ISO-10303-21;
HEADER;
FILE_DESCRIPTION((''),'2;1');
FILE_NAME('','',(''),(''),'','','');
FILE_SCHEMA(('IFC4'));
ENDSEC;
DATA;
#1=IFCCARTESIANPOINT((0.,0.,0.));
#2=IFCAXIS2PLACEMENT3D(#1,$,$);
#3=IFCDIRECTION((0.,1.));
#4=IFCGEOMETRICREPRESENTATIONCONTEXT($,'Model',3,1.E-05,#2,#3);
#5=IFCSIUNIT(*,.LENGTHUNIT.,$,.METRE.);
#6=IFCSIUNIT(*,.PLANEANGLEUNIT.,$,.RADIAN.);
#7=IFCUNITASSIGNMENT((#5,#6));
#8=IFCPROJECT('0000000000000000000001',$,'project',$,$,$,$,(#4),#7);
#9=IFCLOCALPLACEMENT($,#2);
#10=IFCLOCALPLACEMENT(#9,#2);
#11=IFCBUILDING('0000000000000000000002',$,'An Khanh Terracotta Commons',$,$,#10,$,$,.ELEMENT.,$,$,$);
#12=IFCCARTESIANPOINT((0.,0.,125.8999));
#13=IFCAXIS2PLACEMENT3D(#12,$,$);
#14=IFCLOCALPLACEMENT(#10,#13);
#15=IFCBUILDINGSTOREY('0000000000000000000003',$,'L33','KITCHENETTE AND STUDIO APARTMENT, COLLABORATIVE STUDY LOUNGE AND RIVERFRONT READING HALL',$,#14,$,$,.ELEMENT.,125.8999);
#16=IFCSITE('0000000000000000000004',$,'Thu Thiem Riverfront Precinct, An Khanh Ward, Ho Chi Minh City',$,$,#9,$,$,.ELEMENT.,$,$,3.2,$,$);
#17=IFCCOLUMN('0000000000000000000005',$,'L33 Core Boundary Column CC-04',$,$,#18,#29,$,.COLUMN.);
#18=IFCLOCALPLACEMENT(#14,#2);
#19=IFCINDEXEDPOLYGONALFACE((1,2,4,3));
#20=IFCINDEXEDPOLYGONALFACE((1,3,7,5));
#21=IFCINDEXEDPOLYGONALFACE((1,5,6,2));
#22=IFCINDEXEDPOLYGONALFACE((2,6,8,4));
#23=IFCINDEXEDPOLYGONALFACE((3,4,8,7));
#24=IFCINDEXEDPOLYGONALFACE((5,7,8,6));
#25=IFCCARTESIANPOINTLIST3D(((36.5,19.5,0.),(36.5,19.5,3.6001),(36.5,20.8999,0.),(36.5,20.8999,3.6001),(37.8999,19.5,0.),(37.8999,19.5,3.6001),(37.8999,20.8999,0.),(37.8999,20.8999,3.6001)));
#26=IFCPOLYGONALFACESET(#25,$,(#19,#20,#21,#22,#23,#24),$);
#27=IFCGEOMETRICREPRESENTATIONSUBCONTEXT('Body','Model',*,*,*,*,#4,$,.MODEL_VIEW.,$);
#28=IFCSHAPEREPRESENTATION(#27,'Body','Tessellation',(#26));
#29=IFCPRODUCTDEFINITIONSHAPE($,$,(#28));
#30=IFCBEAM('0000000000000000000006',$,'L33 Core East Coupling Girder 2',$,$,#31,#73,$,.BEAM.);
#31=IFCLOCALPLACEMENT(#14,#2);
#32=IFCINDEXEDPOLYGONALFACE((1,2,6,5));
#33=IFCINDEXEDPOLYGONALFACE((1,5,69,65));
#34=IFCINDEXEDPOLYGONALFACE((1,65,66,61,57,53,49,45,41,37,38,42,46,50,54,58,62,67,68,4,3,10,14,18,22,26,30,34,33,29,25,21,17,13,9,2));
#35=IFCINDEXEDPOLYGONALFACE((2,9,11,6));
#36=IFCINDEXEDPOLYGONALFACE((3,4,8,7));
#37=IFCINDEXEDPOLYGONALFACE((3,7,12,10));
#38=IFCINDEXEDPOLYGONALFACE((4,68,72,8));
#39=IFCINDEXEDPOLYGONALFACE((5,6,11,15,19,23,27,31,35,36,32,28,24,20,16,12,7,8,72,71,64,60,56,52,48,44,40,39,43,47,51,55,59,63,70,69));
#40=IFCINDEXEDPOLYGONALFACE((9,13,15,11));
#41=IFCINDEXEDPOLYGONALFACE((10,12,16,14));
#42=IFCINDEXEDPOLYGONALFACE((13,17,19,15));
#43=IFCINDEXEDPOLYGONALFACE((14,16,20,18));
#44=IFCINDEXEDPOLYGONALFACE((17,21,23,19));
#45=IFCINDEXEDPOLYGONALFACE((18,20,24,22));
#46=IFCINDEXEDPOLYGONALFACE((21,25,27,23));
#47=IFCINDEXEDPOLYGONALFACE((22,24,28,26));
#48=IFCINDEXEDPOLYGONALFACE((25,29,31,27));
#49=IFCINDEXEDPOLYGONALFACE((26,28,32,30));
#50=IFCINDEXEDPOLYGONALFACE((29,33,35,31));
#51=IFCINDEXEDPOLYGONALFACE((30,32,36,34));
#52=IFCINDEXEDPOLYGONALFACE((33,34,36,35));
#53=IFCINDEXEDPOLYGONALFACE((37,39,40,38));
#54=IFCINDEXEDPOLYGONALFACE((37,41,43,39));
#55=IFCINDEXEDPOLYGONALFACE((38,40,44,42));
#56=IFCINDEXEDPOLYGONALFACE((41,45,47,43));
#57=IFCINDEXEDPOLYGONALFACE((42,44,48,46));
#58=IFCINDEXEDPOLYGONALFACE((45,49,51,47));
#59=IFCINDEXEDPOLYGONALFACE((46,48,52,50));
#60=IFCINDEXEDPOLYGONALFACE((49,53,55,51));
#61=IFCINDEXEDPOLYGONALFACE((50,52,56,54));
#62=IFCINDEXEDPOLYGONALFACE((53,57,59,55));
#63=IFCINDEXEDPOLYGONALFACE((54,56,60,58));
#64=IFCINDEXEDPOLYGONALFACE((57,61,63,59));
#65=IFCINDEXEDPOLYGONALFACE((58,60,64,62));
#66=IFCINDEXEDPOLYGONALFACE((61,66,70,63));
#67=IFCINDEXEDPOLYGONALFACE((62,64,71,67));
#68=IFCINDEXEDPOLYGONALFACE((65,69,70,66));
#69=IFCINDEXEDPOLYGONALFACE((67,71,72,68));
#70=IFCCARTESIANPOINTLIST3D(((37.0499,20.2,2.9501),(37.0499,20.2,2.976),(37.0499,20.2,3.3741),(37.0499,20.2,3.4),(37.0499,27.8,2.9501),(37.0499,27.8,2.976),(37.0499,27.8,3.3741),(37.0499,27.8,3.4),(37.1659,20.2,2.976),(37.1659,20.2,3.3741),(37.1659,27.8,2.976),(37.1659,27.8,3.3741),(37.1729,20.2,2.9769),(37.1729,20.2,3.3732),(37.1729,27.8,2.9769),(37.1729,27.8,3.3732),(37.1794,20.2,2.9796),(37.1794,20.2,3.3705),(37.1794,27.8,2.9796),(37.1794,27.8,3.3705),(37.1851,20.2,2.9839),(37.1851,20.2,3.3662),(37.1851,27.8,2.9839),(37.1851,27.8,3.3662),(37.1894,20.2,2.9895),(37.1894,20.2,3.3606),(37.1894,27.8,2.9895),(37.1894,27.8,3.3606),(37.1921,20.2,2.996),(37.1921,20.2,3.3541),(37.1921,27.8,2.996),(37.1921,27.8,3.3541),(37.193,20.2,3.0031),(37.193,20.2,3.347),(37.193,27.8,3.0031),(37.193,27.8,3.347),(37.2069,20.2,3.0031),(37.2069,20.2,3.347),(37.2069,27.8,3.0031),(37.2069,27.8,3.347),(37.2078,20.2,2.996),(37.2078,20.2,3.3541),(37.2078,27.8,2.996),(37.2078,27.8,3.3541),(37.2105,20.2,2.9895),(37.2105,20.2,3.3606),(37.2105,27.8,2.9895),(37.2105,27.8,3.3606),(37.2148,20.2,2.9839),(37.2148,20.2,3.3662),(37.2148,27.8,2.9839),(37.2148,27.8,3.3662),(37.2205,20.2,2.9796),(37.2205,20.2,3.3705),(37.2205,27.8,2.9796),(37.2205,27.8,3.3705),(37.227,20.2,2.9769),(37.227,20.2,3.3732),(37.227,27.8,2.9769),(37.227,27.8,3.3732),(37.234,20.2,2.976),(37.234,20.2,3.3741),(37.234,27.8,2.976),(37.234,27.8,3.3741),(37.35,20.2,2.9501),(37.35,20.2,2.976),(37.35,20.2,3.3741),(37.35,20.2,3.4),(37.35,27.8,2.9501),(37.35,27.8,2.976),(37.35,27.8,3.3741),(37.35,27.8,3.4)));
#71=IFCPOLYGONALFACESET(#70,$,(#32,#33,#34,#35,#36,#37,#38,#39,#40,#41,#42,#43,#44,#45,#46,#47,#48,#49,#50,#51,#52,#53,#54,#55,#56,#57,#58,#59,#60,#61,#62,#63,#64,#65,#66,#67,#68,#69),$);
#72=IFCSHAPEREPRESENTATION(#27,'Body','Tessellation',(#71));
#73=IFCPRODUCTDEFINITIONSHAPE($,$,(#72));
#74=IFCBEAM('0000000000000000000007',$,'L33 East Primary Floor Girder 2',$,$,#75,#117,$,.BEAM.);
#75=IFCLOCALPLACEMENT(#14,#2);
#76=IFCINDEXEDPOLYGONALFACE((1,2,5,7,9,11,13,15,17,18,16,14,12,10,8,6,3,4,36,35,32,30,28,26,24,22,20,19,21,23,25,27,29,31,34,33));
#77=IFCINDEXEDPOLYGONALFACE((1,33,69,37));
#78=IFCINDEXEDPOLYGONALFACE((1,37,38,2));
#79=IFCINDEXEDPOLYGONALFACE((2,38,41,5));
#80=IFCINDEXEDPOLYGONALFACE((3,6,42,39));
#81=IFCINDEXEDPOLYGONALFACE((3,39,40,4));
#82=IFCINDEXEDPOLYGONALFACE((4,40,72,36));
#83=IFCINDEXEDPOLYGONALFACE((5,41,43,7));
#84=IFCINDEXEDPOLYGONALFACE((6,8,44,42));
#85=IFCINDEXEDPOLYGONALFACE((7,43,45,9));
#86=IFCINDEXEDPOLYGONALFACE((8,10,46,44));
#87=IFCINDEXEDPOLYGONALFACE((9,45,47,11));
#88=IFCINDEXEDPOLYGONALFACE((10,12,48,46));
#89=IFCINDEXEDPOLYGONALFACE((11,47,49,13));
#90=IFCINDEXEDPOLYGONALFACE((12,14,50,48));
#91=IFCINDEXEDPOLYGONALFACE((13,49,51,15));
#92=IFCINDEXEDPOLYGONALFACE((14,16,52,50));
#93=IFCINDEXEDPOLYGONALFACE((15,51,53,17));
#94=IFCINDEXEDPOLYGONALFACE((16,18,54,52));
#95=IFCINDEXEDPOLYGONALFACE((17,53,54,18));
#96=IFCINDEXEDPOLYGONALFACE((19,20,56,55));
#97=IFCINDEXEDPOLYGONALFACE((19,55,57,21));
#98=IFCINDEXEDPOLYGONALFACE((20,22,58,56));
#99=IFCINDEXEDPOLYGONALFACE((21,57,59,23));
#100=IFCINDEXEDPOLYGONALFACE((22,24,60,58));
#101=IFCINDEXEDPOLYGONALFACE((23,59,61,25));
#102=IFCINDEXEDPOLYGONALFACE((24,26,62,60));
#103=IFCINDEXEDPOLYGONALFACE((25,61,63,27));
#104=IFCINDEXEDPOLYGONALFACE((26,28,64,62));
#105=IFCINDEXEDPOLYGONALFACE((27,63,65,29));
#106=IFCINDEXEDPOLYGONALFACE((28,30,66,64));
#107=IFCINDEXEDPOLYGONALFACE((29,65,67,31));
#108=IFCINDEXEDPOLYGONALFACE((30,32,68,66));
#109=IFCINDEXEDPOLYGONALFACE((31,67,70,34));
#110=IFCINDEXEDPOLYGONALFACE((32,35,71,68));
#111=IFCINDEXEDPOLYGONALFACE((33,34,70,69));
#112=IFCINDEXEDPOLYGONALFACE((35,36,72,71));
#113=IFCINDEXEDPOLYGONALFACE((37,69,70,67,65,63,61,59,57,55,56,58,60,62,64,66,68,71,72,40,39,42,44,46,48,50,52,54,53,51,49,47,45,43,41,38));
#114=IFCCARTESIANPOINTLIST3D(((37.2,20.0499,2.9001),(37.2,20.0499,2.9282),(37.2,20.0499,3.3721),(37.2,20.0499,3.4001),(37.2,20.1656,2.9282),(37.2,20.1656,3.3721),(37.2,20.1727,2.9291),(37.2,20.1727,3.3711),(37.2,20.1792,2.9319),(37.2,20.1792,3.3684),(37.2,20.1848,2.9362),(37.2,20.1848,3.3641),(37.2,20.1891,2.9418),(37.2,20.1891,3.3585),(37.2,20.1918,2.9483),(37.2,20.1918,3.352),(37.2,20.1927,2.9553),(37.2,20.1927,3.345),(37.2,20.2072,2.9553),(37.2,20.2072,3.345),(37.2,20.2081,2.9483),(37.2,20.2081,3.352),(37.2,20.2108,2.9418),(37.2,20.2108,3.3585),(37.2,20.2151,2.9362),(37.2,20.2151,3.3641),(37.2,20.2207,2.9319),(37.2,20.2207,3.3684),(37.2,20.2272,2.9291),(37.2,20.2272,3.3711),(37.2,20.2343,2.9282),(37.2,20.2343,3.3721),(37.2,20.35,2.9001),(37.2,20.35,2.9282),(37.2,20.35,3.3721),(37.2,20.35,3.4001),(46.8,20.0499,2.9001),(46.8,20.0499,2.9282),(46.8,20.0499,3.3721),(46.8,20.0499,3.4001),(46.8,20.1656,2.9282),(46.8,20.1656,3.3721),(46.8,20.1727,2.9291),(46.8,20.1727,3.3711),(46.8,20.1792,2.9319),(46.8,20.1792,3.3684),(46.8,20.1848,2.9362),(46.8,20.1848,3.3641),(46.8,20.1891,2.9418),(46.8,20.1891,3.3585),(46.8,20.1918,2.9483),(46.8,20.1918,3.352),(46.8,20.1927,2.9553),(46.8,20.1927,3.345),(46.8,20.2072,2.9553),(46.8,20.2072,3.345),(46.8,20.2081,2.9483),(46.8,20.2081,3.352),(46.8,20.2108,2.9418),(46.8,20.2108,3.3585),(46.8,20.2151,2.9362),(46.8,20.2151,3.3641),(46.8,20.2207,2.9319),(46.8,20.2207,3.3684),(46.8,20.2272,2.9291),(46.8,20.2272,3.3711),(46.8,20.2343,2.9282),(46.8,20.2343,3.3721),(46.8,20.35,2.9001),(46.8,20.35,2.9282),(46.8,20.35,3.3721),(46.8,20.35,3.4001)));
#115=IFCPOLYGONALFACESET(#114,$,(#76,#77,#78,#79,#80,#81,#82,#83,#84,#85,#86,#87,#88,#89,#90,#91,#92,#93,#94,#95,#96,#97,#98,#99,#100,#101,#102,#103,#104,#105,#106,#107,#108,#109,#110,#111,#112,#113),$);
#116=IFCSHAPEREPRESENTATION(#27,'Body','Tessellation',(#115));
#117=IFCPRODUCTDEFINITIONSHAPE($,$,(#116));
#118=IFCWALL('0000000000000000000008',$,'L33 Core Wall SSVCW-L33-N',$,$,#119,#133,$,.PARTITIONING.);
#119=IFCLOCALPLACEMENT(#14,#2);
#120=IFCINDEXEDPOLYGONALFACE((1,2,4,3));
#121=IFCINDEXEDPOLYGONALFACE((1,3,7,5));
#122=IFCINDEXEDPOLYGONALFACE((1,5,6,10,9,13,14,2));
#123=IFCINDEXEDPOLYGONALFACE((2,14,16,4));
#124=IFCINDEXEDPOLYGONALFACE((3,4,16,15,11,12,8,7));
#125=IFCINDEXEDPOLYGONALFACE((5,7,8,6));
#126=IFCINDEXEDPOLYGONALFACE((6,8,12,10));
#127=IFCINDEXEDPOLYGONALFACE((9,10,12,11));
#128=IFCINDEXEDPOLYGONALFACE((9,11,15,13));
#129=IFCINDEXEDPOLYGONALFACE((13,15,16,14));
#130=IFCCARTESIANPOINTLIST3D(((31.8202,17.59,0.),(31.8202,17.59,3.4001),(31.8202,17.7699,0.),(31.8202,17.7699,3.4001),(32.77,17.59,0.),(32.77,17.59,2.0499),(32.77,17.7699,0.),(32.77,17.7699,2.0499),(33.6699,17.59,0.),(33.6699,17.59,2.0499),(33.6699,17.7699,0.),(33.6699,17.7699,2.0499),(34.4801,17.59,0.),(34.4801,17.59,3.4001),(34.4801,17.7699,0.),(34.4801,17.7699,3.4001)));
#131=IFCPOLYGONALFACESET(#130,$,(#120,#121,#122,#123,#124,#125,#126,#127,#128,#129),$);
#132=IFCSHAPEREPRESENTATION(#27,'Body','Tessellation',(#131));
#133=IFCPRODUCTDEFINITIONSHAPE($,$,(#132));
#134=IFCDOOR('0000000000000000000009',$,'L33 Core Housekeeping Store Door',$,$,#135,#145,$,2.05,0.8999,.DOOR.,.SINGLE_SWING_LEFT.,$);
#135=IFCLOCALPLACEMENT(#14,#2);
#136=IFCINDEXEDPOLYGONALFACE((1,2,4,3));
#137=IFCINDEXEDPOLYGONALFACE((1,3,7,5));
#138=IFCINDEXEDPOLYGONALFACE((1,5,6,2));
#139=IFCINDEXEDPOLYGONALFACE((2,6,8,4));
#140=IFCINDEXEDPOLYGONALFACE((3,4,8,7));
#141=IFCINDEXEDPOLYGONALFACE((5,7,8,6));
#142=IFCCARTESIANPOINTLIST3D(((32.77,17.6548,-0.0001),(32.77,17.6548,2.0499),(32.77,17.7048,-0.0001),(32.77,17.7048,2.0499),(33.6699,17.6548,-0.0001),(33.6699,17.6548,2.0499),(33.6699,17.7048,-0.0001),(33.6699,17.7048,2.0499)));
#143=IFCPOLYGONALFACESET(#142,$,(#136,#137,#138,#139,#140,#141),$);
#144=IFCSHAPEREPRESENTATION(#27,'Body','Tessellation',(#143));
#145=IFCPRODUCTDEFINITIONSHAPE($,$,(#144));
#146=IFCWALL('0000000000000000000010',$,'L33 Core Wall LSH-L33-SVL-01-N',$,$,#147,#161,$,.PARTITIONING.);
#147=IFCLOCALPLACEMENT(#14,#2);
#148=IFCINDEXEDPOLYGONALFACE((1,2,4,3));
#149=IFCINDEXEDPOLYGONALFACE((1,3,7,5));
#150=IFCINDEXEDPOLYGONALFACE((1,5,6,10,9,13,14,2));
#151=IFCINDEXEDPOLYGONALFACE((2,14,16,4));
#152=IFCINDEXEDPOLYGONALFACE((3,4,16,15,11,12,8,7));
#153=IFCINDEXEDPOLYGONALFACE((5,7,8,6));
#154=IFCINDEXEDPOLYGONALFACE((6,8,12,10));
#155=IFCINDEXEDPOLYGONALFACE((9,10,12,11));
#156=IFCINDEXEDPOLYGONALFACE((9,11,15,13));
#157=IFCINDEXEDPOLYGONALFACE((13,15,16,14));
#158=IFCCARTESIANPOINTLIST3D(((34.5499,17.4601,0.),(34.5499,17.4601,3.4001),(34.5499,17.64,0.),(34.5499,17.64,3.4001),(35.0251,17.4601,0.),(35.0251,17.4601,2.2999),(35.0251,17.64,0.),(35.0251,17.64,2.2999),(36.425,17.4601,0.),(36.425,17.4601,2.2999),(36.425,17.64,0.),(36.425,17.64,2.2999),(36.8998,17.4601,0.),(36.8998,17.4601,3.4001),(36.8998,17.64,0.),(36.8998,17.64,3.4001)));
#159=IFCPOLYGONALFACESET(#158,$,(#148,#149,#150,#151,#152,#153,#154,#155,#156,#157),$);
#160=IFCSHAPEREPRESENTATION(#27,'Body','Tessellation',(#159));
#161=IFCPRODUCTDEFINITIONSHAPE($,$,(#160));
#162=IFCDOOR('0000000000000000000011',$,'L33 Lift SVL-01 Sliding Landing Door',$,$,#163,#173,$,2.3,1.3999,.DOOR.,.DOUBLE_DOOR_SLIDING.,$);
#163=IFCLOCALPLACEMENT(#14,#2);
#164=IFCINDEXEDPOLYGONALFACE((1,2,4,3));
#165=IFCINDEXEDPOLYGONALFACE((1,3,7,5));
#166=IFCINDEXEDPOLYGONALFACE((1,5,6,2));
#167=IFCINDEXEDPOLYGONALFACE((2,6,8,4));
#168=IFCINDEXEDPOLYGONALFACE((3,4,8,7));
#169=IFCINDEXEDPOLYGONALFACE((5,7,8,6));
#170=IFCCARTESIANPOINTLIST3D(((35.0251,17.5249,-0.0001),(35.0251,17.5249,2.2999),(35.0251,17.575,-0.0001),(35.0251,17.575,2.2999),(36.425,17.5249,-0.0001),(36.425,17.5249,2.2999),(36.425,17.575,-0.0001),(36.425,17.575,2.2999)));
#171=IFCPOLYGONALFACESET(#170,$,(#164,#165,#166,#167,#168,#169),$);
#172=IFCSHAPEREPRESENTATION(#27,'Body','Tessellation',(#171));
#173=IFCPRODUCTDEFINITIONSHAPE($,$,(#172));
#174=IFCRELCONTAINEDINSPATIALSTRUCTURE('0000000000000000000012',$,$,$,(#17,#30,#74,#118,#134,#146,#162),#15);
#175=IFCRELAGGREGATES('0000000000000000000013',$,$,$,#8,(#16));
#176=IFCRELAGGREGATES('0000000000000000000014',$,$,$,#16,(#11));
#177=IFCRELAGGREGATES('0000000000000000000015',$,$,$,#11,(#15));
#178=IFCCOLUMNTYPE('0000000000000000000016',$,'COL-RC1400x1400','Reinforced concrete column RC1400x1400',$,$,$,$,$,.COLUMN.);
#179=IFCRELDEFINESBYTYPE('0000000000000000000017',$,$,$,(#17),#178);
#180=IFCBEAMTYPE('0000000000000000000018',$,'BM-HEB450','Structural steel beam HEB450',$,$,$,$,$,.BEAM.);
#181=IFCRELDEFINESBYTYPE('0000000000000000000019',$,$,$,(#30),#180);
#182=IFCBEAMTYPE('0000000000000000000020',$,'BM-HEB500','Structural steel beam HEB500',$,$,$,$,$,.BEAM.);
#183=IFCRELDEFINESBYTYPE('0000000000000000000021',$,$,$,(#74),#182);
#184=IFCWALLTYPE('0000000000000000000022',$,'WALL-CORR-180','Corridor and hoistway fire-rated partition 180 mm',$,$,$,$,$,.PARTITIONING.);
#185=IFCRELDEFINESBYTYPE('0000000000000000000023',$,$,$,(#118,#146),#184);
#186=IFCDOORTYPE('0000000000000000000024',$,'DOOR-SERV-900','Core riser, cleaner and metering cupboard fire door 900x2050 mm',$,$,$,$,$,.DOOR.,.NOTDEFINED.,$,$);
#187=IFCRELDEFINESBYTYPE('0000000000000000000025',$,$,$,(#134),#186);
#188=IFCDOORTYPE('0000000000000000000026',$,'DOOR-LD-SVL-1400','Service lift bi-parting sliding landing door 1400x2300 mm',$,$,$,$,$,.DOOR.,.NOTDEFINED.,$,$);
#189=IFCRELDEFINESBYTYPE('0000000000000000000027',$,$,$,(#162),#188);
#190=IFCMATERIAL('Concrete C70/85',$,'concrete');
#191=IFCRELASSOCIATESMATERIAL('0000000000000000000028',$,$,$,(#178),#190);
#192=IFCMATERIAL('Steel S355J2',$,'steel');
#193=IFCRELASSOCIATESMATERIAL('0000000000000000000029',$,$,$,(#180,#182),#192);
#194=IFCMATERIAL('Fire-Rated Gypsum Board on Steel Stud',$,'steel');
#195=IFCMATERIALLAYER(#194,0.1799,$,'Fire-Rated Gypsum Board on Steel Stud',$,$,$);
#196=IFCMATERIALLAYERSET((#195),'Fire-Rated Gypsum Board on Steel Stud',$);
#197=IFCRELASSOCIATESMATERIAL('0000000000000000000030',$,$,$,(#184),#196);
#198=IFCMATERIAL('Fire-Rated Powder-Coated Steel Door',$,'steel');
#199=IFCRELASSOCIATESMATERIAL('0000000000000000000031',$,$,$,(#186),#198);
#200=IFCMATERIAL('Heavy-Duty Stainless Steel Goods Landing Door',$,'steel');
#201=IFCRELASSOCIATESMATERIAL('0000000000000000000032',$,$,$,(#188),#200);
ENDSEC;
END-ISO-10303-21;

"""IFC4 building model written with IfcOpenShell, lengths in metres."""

from ifc_helpers import new_model, si_unit, direction, frame, frame_2d, origin, origin_2d, place, context, subcontext, project, spatial, rectangle, i_section, extrude, material, layer, layer_set, material_profile, profile_set, type_object, element, fill, save


model = new_model("IFC4")

# Units and contexts
model_context = context("Model", 3, precision=1e-05, world=origin(), true_north=direction((0.0, 1.0)))
body_context = subcontext(model_context, "Body", "Model", "MODEL_VIEW")
ifc_project = project(units=[si_unit("LENGTHUNIT", "METRE"), si_unit("PLANEANGLEUNIT", "RADIAN")], contexts=[model_context])

# Site, building, storey
site_placement = place(None, origin())
site = spatial("IfcSite", under=ifc_project, at=site_placement, Name="Thu Thiem Riverfront Precinct, An Khanh Ward, Ho Chi Minh City", CompositionType="ELEMENT", RefElevation=3.2)
building_placement = place(site_placement, origin())
building = spatial("IfcBuilding", under=site, at=building_placement, Name="An Khanh Terracotta Commons", CompositionType="ELEMENT")
storey_placement = place(building_placement, frame((0.0, 0.0, 125.8999)))
storey = spatial("IfcBuildingStorey", under=building, at=storey_placement, Name="L33", Description="KITCHENETTE AND STUDIO APARTMENT, COLLABORATIVE STUDY LOUNGE AND RIVERFRONT READING HALL", CompositionType="ELEMENT", Elevation=125.8999)

# Column
ifc_material_1 = material(Name="Concrete C70/85", Category="concrete")
ifc_material_profile_1 = material_profile(ifc_material_1, rectangle(XDim=1.3999, YDim=1.3999, at=origin_2d()), Name="RC1400x1400")
ifc_profile_set_1 = profile_set([ifc_material_profile_1], Name="Concrete C70/85")
column_type = type_object("IfcColumnType", Name="COL-RC1400x1400", Description="Reinforced concrete column RC1400x1400", PredefinedType="COLUMN", material=ifc_profile_set_1)
column_placement = place(storey_placement, frame((37.2, 20.2, 0.0), z_axis=(0.0, 0.0, 1.0), x_axis=(1.0, 0.0, 0.0)))
element("IfcColumn", 1, at=column_placement, inside=storey, type_object=column_type, Name="L33 Core Boundary Column CC-04", PredefinedType="COLUMN", context=body_context, shape_type="SweptSolid", body=[
    extrude(rectangle(XDim=1.3999, YDim=1.3999, at=origin_2d()), origin(), (0.0, 0.0, 1.0), 3.6001),
])

# Beams
ifc_material_2 = material(Name="Steel S355J2", Category="steel")
ifc_material_profile_2 = material_profile(ifc_material_2, i_section(OverallWidth=0.3, OverallDepth=0.45, WebThickness=0.0139, FlangeThickness=0.0259, FilletRadius=0.0271, at=origin_2d()), Name="HEB450")
ifc_profile_set_2 = profile_set([ifc_material_profile_2], Name="Steel S355J2")
beam_type_1 = type_object("IfcBeamType", Name="BM-HEB450", Description="Structural steel beam HEB450", PredefinedType="BEAM", material=ifc_profile_set_2)
beam_1_placement = place(storey_placement, frame((37.2, 20.2, 3.175), z_axis=(0.0, 1.0, 0.0), x_axis=(-1.0, 0.0, 0.0)))
element("IfcBeam", 2, at=beam_1_placement, inside=storey, type_object=beam_type_1, Name="L33 Core East Coupling Girder 2", PredefinedType="BEAM", context=body_context, shape_type="SweptSolid", body=[
    extrude(i_section(OverallWidth=0.3, OverallDepth=0.45, WebThickness=0.0139, FlangeThickness=0.0259, FilletRadius=0.0271, at=origin_2d()), origin(), (0.0, 0.0, 1.0), 7.6001),
])
ifc_material_profile_3 = material_profile(ifc_material_2, i_section(OverallWidth=0.3, OverallDepth=0.5, WebThickness=0.0144, FlangeThickness=0.0281, FilletRadius=0.0271, at=origin_2d()), Name="HEB500")
ifc_profile_set_3 = profile_set([ifc_material_profile_3], Name="Steel S355J2")
beam_type_2 = type_object("IfcBeamType", Name="BM-HEB500", Description="Structural steel beam HEB500", PredefinedType="BEAM", material=ifc_profile_set_3)
beam_2_placement = place(storey_placement, frame((37.2, 20.2, 3.1501), z_axis=(1.0, 0.0, 0.0), x_axis=(0.0, 1.0, 0.0)))
element("IfcBeam", 3, at=beam_2_placement, inside=storey, type_object=beam_type_2, Name="L33 East Primary Floor Girder 2", PredefinedType="BEAM", context=body_context, shape_type="SweptSolid", body=[
    extrude(i_section(OverallWidth=0.3, OverallDepth=0.5, WebThickness=0.0144, FlangeThickness=0.0281, FilletRadius=0.0271, at=origin_2d()), origin(), (0.0, 0.0, 1.0), 9.6001),
])

# Walls, openings, doors
ifc_material_3 = material(Name="Fire-Rated Gypsum Board on Steel Stud", Category="steel")
ifc_layer_1 = layer(ifc_material_3, 0.1799, Name="Fire-Rated Gypsum Board on Steel Stud")
ifc_layer_set_1 = layer_set([ifc_layer_1], Name="Fire-Rated Gypsum Board on Steel Stud")
wall_type_1 = type_object("IfcWallType", Name="WALL-CORR-180", Description="Corridor and hoistway fire-rated partition 180 mm", PredefinedType="PARTITIONING", material=ifc_layer_set_1)
wall_1_placement = place(storey_placement, frame((31.8201, 17.6799, 0.0), z_axis=(0.0, 0.0, 1.0), x_axis=(1.0, 0.0, 0.0)))
wall_1 = element("IfcWall", 4, at=wall_1_placement, inside=storey, type_object=wall_type_1, Name="L33 Core Wall SSVCW-L33-N", PredefinedType="PARTITIONING", context=body_context, shape_type="SweptSolid", body=[
    extrude(rectangle(XDim=2.6599, YDim=0.1799, at=frame_2d((1.3301, 0.0))), origin(), (0.0, 0.0, 1.0), 3.4001),
])
opening_1_placement = place(wall_1_placement, frame((0.95, 0.0, 0.0)))
opening_1 = element("IfcOpeningElement", 5, at=opening_1_placement, cuts=wall_1, PredefinedType="OPENING", context=body_context, shape_type="SweptSolid", body=[
    extrude(rectangle(XDim=0.8999, YDim=2.05, at=frame_2d((0.45, 1.0249))), frame((0.0, 0.0999, 0.0), z_axis=(0.0, -1.0, 0.0), x_axis=(1.0, 0.0, 0.0)), (0.0, 0.0, 1.0), 0.2),
])
ifc_material_4 = material(Name="Fire-Rated Powder-Coated Steel Door", Category="steel")
door_type_1 = type_object("IfcDoorType", Name="DOOR-SERV-900", Description="Core riser, cleaner and metering cupboard fire door 900x2050 mm", OperationType="NOTDEFINED", PredefinedType="DOOR", material=ifc_material_4)
door_1_placement = place(opening_1_placement, origin())
door_1 = element("IfcDoor", 6, at=door_1_placement, inside=storey, type_object=door_type_1, Name="L33 Core Housekeeping Store Door", OperationType="SINGLE_SWING_LEFT", OverallHeight=2.05, OverallWidth=0.8999, PredefinedType="DOOR", context=body_context, shape_type="SweptSolid", body=[
    extrude(rectangle(XDim=0.8999, YDim=2.05, at=frame_2d((0.45, 1.0249))), frame((0.0, 0.0249, 0.0), z_axis=(0.0, -1.0, 0.0), x_axis=(1.0, 0.0, 0.0)), (0.0, 0.0, 1.0), 0.05),
])
fill(opening_1, door_1)
wall_2_placement = place(storey_placement, frame((34.55, 17.55, 0.0), z_axis=(0.0, 0.0, 1.0), x_axis=(1.0, 0.0, 0.0)))
wall_2 = element("IfcWall", 7, at=wall_2_placement, inside=storey, type_object=wall_type_1, Name="L33 Core Wall LSH-L33-SVL-01-N", PredefinedType="PARTITIONING", context=body_context, shape_type="SweptSolid", body=[
    extrude(rectangle(XDim=2.3499, YDim=0.1799, at=frame_2d((1.1748, 0.0))), origin(), (0.0, 0.0, 1.0), 3.4001),
])
opening_2_placement = place(wall_2_placement, frame((0.4751, 0.0, 0.0)))
opening_2 = element("IfcOpeningElement", 8, at=opening_2_placement, cuts=wall_2, PredefinedType="OPENING", context=body_context, shape_type="SweptSolid", body=[
    extrude(rectangle(XDim=1.3999, YDim=2.3, at=frame_2d((0.7, 1.1499))), frame((0.0, 0.0999, 0.0), z_axis=(0.0, -1.0, 0.0), x_axis=(1.0, 0.0, 0.0)), (0.0, 0.0, 1.0), 0.2),
])
ifc_material_5 = material(Name="Heavy-Duty Stainless Steel Goods Landing Door", Category="steel")
door_type_2 = type_object("IfcDoorType", Name="DOOR-LD-SVL-1400", Description="Service lift bi-parting sliding landing door 1400x2300 mm", OperationType="NOTDEFINED", PredefinedType="DOOR", material=ifc_material_5)
door_2_placement = place(opening_2_placement, origin())
door_2 = element("IfcDoor", 9, at=door_2_placement, inside=storey, type_object=door_type_2, Name="L33 Lift SVL-01 Sliding Landing Door", OperationType="DOUBLE_DOOR_SLIDING", OverallHeight=2.3, OverallWidth=1.3999, PredefinedType="DOOR", context=body_context, shape_type="SweptSolid", body=[
    extrude(rectangle(XDim=1.3999, YDim=2.3, at=frame_2d((0.7, 1.1499))), frame((0.0, 0.0249, 0.0), z_axis=(0.0, -1.0, 0.0), x_axis=(1.0, 0.0, 0.0)), (0.0, 0.0, 1.0), 0.05),
])
fill(opening_2, door_2)

save(model, "model.ifc")
